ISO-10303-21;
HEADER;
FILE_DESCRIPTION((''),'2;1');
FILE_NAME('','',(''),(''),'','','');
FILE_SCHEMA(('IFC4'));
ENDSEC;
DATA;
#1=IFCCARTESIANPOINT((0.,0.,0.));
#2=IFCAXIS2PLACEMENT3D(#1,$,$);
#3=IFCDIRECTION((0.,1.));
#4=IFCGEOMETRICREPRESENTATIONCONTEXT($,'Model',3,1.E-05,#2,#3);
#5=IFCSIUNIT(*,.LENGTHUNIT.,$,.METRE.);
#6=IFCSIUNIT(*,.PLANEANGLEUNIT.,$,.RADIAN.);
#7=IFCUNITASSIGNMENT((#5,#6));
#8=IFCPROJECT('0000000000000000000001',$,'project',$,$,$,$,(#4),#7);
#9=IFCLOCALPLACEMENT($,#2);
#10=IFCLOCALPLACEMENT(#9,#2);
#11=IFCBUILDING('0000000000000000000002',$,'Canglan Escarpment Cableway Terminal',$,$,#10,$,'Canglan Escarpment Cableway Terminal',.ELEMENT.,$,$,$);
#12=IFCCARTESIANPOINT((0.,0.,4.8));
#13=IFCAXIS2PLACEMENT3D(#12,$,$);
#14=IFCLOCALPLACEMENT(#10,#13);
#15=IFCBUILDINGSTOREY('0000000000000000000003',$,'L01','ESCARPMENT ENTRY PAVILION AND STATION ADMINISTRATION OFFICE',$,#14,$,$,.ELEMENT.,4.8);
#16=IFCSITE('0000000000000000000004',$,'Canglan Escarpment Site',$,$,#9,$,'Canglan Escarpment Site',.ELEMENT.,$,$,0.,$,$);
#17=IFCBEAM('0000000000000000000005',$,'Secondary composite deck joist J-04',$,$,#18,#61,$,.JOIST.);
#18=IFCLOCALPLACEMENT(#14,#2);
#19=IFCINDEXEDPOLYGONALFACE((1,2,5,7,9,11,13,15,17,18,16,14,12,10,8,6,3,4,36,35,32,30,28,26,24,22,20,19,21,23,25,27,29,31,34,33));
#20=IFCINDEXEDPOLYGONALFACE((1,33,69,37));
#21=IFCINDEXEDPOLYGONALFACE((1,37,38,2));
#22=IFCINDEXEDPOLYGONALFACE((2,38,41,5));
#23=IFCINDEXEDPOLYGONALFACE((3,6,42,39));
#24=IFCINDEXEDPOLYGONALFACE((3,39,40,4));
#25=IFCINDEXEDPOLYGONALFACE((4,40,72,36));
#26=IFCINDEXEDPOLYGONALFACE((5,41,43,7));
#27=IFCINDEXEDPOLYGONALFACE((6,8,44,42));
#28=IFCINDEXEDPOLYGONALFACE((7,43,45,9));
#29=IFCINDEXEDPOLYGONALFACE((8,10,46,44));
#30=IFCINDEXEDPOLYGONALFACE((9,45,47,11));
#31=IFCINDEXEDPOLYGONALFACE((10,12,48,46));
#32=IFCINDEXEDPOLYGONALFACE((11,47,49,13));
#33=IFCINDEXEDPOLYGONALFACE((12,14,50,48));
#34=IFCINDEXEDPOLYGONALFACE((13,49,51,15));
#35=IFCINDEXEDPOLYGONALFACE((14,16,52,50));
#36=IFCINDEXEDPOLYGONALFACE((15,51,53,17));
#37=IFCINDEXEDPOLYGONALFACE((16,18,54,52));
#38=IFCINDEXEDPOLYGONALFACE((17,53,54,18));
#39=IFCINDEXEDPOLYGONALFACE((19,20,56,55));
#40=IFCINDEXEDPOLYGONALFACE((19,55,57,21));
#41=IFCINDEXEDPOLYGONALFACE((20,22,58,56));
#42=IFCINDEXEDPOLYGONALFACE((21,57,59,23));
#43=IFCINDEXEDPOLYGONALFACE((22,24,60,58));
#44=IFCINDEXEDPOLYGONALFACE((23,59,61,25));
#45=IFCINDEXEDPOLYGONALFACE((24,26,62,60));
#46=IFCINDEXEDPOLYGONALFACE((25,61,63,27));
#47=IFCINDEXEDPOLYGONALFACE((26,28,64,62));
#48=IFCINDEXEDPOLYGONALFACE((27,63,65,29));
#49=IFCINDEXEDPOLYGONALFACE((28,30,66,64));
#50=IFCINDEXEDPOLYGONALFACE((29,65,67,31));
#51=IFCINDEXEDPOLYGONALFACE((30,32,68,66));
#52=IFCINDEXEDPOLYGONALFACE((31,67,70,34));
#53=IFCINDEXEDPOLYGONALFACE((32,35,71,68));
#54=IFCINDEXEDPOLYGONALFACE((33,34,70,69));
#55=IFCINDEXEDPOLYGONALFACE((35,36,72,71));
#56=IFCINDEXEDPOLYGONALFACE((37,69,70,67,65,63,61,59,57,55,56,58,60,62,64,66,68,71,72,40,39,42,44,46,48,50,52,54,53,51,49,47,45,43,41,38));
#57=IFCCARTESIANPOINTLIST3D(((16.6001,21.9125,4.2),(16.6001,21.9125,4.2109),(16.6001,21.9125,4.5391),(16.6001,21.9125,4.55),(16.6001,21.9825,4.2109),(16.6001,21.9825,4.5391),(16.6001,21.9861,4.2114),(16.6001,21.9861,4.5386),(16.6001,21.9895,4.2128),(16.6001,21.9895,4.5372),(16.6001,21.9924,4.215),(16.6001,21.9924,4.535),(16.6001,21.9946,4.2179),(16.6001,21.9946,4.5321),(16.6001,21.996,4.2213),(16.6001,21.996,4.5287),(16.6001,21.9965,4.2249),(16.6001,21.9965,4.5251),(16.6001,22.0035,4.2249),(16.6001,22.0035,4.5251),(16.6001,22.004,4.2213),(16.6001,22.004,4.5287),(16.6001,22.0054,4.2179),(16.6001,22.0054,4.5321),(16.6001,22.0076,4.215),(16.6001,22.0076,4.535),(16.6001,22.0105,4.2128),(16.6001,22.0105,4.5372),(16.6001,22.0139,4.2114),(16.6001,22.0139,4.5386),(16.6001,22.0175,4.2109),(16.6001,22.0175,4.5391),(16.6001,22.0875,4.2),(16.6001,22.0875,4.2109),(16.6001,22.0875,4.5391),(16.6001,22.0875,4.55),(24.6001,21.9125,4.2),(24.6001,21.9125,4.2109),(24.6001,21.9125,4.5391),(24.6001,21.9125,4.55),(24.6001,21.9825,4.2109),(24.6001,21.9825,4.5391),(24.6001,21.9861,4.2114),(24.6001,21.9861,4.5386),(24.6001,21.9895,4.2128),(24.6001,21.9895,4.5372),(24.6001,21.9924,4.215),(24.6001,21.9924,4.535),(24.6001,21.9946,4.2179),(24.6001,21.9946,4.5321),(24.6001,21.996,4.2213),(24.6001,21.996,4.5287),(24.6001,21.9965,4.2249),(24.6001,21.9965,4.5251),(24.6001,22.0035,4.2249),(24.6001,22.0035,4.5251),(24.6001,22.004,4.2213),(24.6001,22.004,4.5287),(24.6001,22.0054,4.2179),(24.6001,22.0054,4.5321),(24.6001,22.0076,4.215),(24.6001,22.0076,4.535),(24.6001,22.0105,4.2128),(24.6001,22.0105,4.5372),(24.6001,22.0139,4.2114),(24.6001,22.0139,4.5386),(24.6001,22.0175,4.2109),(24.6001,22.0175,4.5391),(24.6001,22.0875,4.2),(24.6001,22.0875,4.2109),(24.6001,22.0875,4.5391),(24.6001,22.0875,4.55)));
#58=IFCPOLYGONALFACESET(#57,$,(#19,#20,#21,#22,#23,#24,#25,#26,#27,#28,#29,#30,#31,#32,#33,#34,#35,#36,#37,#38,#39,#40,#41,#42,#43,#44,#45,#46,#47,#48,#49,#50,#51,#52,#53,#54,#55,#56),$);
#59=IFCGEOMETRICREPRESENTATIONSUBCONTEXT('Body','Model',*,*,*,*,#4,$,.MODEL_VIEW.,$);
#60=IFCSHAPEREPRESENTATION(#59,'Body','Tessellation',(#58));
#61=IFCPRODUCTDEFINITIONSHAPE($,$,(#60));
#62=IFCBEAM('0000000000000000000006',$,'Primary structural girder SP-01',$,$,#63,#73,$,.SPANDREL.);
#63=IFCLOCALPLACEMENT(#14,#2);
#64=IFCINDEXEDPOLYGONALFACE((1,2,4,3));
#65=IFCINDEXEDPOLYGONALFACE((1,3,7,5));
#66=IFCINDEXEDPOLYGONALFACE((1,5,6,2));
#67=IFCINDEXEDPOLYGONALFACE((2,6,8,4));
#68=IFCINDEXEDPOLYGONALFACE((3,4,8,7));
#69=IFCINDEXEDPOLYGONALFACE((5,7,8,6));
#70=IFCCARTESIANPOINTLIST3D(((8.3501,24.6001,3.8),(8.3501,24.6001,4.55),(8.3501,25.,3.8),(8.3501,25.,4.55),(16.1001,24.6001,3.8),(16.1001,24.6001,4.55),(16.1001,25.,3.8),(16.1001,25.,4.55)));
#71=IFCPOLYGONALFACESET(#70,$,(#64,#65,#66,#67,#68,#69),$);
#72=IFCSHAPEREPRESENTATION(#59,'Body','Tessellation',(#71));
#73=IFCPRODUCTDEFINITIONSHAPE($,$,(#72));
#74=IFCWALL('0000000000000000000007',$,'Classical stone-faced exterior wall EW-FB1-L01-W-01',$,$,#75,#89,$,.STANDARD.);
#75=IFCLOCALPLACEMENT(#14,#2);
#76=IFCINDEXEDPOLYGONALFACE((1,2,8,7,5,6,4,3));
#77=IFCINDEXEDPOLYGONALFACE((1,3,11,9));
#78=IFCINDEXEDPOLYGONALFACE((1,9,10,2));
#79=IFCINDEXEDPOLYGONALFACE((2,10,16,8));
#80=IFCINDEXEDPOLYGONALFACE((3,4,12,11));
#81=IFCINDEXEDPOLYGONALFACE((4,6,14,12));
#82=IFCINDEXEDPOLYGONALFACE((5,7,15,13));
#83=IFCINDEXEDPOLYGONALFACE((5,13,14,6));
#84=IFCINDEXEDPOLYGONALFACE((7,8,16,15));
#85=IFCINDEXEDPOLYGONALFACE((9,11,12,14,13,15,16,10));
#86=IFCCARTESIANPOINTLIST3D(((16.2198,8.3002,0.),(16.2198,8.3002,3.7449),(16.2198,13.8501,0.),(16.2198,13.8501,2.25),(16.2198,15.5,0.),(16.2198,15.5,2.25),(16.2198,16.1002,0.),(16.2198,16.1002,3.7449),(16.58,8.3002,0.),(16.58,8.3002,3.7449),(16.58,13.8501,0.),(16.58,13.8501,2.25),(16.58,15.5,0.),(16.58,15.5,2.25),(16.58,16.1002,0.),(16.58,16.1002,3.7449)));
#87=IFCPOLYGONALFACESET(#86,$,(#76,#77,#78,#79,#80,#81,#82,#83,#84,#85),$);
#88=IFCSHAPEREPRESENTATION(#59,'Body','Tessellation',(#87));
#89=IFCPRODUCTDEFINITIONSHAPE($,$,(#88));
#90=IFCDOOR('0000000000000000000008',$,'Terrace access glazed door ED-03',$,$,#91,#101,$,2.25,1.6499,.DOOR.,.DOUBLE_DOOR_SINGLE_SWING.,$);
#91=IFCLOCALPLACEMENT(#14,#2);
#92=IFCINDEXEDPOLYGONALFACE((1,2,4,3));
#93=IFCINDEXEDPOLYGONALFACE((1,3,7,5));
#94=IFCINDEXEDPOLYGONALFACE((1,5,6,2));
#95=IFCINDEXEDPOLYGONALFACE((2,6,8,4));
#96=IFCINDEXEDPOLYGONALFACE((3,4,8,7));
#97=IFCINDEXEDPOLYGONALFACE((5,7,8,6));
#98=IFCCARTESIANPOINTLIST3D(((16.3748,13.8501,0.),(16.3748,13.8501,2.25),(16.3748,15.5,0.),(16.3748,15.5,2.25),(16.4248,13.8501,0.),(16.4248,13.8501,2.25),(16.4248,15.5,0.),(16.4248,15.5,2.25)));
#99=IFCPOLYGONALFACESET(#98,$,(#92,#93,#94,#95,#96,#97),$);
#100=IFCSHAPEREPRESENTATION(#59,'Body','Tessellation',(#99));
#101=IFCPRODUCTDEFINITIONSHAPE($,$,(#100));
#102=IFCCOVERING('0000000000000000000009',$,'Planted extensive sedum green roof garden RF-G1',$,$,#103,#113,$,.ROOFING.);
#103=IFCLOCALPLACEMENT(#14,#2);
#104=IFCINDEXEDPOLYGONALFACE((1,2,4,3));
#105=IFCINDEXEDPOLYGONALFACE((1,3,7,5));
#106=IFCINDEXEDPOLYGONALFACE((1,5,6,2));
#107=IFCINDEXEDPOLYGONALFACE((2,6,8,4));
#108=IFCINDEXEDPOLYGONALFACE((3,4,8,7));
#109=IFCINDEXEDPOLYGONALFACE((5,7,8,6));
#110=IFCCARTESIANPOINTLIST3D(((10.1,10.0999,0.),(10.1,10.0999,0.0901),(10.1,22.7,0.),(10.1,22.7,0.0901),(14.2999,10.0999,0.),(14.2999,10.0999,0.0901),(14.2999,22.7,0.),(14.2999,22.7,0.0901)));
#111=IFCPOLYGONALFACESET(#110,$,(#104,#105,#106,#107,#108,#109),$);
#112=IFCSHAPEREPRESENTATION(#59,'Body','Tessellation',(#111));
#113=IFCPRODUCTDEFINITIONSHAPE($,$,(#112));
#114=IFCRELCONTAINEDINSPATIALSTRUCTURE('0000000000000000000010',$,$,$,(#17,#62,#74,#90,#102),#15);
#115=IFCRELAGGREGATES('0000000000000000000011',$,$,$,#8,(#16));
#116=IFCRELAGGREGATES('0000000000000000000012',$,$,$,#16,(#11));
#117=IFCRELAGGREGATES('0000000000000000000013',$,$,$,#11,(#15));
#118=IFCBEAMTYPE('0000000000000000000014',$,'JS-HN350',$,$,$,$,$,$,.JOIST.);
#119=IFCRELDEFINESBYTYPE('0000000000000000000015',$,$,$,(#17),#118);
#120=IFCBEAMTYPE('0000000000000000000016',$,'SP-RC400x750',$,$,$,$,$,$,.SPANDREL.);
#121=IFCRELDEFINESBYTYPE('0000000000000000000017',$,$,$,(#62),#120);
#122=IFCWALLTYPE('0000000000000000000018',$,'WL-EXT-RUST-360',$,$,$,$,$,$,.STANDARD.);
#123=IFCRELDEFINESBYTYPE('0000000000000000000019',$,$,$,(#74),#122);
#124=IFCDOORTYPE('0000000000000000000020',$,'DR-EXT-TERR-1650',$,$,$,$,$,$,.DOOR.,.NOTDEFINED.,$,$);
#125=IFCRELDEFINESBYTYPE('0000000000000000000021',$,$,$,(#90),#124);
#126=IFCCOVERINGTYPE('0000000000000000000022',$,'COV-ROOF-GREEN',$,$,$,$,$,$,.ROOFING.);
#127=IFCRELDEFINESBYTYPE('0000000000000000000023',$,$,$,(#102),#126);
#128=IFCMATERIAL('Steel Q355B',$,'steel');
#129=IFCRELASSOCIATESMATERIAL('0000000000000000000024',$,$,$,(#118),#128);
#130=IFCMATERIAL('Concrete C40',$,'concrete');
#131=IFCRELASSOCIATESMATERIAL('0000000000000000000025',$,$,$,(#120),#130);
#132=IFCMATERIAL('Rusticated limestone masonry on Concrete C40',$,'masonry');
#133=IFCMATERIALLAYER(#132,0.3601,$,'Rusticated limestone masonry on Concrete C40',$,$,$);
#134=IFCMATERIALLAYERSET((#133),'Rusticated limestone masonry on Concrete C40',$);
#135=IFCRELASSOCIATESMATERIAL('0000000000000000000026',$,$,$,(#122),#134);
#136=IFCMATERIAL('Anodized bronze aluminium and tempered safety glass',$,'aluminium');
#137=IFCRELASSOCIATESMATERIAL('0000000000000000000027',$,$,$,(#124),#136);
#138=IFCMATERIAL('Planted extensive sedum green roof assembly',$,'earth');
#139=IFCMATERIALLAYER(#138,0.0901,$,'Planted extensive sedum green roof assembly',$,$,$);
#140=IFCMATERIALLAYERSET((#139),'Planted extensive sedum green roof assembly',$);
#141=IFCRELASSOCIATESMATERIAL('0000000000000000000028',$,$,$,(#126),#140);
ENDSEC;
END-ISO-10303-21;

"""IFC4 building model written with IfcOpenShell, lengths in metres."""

from ifc_helpers import new_model, si_unit, direction, frame, frame_2d, origin, origin_2d, place, context, subcontext, project, spatial, rectangle, i_section, extrude, material, layer, layer_set, material_profile, profile_set, type_object, element, fill, save


model = new_model("IFC4")

# Units and contexts
model_context = context("Model", 3, precision=1e-05, world=origin(), true_north=direction((0.0, 1.0)))
body_context = subcontext(model_context, "Body", "Model", "MODEL_VIEW")
ifc_project = project(units=[si_unit("LENGTHUNIT", "METRE"), si_unit("PLANEANGLEUNIT", "RADIAN")], contexts=[model_context])

# Site, building, storey
site_placement = place(None, origin())
site = spatial("IfcSite", under=ifc_project, at=site_placement, Name="Canglan Escarpment Site", LongName="Canglan Escarpment Site", CompositionType="ELEMENT", RefElevation=0.0)
building_placement = place(site_placement, origin())
building = spatial("IfcBuilding", under=site, at=building_placement, Name="Canglan Escarpment Cableway Terminal", LongName="Canglan Escarpment Cableway Terminal", CompositionType="ELEMENT")
storey_placement = place(building_placement, frame((0.0, 0.0, 4.8)))
storey = spatial("IfcBuildingStorey", under=building, at=storey_placement, Name="L01", Description="ESCARPMENT ENTRY PAVILION AND STATION ADMINISTRATION OFFICE", CompositionType="ELEMENT", Elevation=4.8)

# Shared definitions
ifc_material_1 = material(Name="Concrete C40", Category="concrete")

# Beams
ifc_material_2 = material(Name="Steel Q355B", Category="steel")
ifc_material_profile_1 = material_profile(ifc_material_2, i_section(OverallWidth=0.175, OverallDepth=0.3501, WebThickness=0.0071, FlangeThickness=0.011, FilletRadius=0.0139, at=origin_2d()), Name="HN 350x175x7x11")
ifc_profile_set_1 = profile_set([ifc_material_profile_1], Name="Steel Q355B")
beam_type_1 = type_object("IfcBeamType", Name="JS-HN350", PredefinedType="JOIST", material=ifc_profile_set_1)
for number, where, z_axis, x_axis, name in (
    (1, (16.6001, 22.0, 4.375), (1.0, 0.0, 0.0), (0.0, 1.0, 0.0), "Secondary composite deck joist J-04"),
):
    element("IfcBeam", number, at=place(storey_placement, frame(where, z_axis=z_axis, x_axis=x_axis)), inside=storey, type_object=beam_type_1, Name=name, PredefinedType="JOIST", context=body_context, shape_type="SweptSolid", body=[
        extrude(i_section(OverallWidth=0.175, OverallDepth=0.3501, WebThickness=0.0071, FlangeThickness=0.011, FilletRadius=0.0139, at=origin_2d()), origin(), (0.0, 0.0, 1.0), 8.0),
    ])
ifc_material_profile_2 = material_profile(ifc_material_1, rectangle(XDim=0.3999, YDim=0.75, at=origin_2d()), Name="RC 400x750")
ifc_profile_set_2 = profile_set([ifc_material_profile_2], Name="Concrete C40")
beam_type_2 = type_object("IfcBeamType", Name="SP-RC400x750", PredefinedType="SPANDREL", material=ifc_profile_set_2)
beam_1_placement = place(storey_placement, frame((8.3501, 24.8, 4.175), z_axis=(1.0, 0.0, 0.0), x_axis=(0.0, 1.0, 0.0)))
element("IfcBeam", 2, at=beam_1_placement, inside=storey, type_object=beam_type_2, Name="Primary structural girder SP-01", PredefinedType="SPANDREL", context=body_context, shape_type="SweptSolid", body=[
    extrude(rectangle(XDim=0.3999, YDim=0.75, at=origin_2d()), origin(), (0.0, 0.0, 1.0), 7.75),
])

# Wall, opening, door
ifc_material_3 = material(Name="Rusticated limestone masonry on Concrete C40", Category="masonry")
ifc_layer_1 = layer(ifc_material_3, 0.3601, Name="Rusticated limestone masonry on Concrete C40")
ifc_layer_set_1 = layer_set([ifc_layer_1], Name="Rusticated limestone masonry on Concrete C40")
wall_type = type_object("IfcWallType", Name="WL-EXT-RUST-360", PredefinedType="STANDARD", material=ifc_layer_set_1)
wall_placement = place(storey_placement, frame((16.3999, 16.1001, 0.0), z_axis=(0.0, 0.0, 1.0), x_axis=(0.0, -1.0, 0.0)))
wall = element("IfcWall", 3, at=wall_placement, inside=storey, type_object=wall_type, Name="Classical stone-faced exterior wall EW-FB1-L01-W-01", PredefinedType="STANDARD", context=body_context, shape_type="SweptSolid", body=[
    extrude(rectangle(XDim=7.8, YDim=0.3601, at=frame_2d((3.8999, 0.0))), origin(), (0.0, 0.0, 1.0), 3.7449),
])
opening_placement = place(wall_placement, frame((0.6001, 0.0, 0.0)))
opening = element("IfcOpeningElement", 4, at=opening_placement, cuts=wall, PredefinedType="OPENING", context=body_context, shape_type="SweptSolid", body=[
    extrude(rectangle(XDim=1.6499, YDim=2.25, at=frame_2d((0.825, 1.125))), frame((0.0, 0.1899, 0.0), z_axis=(0.0, -1.0, 0.0), x_axis=(1.0, 0.0, 0.0)), (0.0, 0.0, 1.0), 0.3801),
])
ifc_material_4 = material(Name="Anodized bronze aluminium and tempered safety glass", Category="aluminium")
door_type = type_object("IfcDoorType", Name="DR-EXT-TERR-1650", OperationType="NOTDEFINED", PredefinedType="DOOR", material=ifc_material_4)
door_placement = place(opening_placement, origin())
door = element("IfcDoor", 5, at=door_placement, inside=storey, type_object=door_type, Name="Terrace access glazed door ED-03", OperationType="DOUBLE_DOOR_SINGLE_SWING", OverallHeight=2.25, OverallWidth=1.6499, PredefinedType="DOOR", context=body_context, shape_type="SweptSolid", body=[
    extrude(rectangle(XDim=1.6499, YDim=2.25, at=frame_2d((0.825, 1.125))), frame((0.0, 0.0249, 0.0), z_axis=(0.0, -1.0, 0.0), x_axis=(1.0, 0.0, 0.0)), (0.0, 0.0, 1.0), 0.05),
])
fill(opening, door)

# Covering
ifc_material_5 = material(Name="Planted extensive sedum green roof assembly", Category="earth")
ifc_layer_2 = layer(ifc_material_5, 0.0901, Name="Planted extensive sedum green roof assembly")
ifc_layer_set_2 = layer_set([ifc_layer_2], Name="Planted extensive sedum green roof assembly")
covering_type = type_object("IfcCoveringType", Name="COV-ROOF-GREEN", PredefinedType="ROOFING", material=ifc_layer_set_2)
covering_placement = place(storey_placement, frame((12.2, 16.3999, 0.0), z_axis=(0.0, 0.0, 1.0), x_axis=(1.0, 0.0, 0.0)))
element("IfcCovering", 6, at=covering_placement, inside=storey, type_object=covering_type, Name="Planted extensive sedum green roof garden RF-G1", PredefinedType="ROOFING", context=body_context, shape_type="SweptSolid", body=[
    extrude(rectangle(XDim=4.2, YDim=12.6001, at=origin_2d()), origin(), (0.0, 0.0, 1.0), 0.0901),
])

save(model, "model.ifc")
